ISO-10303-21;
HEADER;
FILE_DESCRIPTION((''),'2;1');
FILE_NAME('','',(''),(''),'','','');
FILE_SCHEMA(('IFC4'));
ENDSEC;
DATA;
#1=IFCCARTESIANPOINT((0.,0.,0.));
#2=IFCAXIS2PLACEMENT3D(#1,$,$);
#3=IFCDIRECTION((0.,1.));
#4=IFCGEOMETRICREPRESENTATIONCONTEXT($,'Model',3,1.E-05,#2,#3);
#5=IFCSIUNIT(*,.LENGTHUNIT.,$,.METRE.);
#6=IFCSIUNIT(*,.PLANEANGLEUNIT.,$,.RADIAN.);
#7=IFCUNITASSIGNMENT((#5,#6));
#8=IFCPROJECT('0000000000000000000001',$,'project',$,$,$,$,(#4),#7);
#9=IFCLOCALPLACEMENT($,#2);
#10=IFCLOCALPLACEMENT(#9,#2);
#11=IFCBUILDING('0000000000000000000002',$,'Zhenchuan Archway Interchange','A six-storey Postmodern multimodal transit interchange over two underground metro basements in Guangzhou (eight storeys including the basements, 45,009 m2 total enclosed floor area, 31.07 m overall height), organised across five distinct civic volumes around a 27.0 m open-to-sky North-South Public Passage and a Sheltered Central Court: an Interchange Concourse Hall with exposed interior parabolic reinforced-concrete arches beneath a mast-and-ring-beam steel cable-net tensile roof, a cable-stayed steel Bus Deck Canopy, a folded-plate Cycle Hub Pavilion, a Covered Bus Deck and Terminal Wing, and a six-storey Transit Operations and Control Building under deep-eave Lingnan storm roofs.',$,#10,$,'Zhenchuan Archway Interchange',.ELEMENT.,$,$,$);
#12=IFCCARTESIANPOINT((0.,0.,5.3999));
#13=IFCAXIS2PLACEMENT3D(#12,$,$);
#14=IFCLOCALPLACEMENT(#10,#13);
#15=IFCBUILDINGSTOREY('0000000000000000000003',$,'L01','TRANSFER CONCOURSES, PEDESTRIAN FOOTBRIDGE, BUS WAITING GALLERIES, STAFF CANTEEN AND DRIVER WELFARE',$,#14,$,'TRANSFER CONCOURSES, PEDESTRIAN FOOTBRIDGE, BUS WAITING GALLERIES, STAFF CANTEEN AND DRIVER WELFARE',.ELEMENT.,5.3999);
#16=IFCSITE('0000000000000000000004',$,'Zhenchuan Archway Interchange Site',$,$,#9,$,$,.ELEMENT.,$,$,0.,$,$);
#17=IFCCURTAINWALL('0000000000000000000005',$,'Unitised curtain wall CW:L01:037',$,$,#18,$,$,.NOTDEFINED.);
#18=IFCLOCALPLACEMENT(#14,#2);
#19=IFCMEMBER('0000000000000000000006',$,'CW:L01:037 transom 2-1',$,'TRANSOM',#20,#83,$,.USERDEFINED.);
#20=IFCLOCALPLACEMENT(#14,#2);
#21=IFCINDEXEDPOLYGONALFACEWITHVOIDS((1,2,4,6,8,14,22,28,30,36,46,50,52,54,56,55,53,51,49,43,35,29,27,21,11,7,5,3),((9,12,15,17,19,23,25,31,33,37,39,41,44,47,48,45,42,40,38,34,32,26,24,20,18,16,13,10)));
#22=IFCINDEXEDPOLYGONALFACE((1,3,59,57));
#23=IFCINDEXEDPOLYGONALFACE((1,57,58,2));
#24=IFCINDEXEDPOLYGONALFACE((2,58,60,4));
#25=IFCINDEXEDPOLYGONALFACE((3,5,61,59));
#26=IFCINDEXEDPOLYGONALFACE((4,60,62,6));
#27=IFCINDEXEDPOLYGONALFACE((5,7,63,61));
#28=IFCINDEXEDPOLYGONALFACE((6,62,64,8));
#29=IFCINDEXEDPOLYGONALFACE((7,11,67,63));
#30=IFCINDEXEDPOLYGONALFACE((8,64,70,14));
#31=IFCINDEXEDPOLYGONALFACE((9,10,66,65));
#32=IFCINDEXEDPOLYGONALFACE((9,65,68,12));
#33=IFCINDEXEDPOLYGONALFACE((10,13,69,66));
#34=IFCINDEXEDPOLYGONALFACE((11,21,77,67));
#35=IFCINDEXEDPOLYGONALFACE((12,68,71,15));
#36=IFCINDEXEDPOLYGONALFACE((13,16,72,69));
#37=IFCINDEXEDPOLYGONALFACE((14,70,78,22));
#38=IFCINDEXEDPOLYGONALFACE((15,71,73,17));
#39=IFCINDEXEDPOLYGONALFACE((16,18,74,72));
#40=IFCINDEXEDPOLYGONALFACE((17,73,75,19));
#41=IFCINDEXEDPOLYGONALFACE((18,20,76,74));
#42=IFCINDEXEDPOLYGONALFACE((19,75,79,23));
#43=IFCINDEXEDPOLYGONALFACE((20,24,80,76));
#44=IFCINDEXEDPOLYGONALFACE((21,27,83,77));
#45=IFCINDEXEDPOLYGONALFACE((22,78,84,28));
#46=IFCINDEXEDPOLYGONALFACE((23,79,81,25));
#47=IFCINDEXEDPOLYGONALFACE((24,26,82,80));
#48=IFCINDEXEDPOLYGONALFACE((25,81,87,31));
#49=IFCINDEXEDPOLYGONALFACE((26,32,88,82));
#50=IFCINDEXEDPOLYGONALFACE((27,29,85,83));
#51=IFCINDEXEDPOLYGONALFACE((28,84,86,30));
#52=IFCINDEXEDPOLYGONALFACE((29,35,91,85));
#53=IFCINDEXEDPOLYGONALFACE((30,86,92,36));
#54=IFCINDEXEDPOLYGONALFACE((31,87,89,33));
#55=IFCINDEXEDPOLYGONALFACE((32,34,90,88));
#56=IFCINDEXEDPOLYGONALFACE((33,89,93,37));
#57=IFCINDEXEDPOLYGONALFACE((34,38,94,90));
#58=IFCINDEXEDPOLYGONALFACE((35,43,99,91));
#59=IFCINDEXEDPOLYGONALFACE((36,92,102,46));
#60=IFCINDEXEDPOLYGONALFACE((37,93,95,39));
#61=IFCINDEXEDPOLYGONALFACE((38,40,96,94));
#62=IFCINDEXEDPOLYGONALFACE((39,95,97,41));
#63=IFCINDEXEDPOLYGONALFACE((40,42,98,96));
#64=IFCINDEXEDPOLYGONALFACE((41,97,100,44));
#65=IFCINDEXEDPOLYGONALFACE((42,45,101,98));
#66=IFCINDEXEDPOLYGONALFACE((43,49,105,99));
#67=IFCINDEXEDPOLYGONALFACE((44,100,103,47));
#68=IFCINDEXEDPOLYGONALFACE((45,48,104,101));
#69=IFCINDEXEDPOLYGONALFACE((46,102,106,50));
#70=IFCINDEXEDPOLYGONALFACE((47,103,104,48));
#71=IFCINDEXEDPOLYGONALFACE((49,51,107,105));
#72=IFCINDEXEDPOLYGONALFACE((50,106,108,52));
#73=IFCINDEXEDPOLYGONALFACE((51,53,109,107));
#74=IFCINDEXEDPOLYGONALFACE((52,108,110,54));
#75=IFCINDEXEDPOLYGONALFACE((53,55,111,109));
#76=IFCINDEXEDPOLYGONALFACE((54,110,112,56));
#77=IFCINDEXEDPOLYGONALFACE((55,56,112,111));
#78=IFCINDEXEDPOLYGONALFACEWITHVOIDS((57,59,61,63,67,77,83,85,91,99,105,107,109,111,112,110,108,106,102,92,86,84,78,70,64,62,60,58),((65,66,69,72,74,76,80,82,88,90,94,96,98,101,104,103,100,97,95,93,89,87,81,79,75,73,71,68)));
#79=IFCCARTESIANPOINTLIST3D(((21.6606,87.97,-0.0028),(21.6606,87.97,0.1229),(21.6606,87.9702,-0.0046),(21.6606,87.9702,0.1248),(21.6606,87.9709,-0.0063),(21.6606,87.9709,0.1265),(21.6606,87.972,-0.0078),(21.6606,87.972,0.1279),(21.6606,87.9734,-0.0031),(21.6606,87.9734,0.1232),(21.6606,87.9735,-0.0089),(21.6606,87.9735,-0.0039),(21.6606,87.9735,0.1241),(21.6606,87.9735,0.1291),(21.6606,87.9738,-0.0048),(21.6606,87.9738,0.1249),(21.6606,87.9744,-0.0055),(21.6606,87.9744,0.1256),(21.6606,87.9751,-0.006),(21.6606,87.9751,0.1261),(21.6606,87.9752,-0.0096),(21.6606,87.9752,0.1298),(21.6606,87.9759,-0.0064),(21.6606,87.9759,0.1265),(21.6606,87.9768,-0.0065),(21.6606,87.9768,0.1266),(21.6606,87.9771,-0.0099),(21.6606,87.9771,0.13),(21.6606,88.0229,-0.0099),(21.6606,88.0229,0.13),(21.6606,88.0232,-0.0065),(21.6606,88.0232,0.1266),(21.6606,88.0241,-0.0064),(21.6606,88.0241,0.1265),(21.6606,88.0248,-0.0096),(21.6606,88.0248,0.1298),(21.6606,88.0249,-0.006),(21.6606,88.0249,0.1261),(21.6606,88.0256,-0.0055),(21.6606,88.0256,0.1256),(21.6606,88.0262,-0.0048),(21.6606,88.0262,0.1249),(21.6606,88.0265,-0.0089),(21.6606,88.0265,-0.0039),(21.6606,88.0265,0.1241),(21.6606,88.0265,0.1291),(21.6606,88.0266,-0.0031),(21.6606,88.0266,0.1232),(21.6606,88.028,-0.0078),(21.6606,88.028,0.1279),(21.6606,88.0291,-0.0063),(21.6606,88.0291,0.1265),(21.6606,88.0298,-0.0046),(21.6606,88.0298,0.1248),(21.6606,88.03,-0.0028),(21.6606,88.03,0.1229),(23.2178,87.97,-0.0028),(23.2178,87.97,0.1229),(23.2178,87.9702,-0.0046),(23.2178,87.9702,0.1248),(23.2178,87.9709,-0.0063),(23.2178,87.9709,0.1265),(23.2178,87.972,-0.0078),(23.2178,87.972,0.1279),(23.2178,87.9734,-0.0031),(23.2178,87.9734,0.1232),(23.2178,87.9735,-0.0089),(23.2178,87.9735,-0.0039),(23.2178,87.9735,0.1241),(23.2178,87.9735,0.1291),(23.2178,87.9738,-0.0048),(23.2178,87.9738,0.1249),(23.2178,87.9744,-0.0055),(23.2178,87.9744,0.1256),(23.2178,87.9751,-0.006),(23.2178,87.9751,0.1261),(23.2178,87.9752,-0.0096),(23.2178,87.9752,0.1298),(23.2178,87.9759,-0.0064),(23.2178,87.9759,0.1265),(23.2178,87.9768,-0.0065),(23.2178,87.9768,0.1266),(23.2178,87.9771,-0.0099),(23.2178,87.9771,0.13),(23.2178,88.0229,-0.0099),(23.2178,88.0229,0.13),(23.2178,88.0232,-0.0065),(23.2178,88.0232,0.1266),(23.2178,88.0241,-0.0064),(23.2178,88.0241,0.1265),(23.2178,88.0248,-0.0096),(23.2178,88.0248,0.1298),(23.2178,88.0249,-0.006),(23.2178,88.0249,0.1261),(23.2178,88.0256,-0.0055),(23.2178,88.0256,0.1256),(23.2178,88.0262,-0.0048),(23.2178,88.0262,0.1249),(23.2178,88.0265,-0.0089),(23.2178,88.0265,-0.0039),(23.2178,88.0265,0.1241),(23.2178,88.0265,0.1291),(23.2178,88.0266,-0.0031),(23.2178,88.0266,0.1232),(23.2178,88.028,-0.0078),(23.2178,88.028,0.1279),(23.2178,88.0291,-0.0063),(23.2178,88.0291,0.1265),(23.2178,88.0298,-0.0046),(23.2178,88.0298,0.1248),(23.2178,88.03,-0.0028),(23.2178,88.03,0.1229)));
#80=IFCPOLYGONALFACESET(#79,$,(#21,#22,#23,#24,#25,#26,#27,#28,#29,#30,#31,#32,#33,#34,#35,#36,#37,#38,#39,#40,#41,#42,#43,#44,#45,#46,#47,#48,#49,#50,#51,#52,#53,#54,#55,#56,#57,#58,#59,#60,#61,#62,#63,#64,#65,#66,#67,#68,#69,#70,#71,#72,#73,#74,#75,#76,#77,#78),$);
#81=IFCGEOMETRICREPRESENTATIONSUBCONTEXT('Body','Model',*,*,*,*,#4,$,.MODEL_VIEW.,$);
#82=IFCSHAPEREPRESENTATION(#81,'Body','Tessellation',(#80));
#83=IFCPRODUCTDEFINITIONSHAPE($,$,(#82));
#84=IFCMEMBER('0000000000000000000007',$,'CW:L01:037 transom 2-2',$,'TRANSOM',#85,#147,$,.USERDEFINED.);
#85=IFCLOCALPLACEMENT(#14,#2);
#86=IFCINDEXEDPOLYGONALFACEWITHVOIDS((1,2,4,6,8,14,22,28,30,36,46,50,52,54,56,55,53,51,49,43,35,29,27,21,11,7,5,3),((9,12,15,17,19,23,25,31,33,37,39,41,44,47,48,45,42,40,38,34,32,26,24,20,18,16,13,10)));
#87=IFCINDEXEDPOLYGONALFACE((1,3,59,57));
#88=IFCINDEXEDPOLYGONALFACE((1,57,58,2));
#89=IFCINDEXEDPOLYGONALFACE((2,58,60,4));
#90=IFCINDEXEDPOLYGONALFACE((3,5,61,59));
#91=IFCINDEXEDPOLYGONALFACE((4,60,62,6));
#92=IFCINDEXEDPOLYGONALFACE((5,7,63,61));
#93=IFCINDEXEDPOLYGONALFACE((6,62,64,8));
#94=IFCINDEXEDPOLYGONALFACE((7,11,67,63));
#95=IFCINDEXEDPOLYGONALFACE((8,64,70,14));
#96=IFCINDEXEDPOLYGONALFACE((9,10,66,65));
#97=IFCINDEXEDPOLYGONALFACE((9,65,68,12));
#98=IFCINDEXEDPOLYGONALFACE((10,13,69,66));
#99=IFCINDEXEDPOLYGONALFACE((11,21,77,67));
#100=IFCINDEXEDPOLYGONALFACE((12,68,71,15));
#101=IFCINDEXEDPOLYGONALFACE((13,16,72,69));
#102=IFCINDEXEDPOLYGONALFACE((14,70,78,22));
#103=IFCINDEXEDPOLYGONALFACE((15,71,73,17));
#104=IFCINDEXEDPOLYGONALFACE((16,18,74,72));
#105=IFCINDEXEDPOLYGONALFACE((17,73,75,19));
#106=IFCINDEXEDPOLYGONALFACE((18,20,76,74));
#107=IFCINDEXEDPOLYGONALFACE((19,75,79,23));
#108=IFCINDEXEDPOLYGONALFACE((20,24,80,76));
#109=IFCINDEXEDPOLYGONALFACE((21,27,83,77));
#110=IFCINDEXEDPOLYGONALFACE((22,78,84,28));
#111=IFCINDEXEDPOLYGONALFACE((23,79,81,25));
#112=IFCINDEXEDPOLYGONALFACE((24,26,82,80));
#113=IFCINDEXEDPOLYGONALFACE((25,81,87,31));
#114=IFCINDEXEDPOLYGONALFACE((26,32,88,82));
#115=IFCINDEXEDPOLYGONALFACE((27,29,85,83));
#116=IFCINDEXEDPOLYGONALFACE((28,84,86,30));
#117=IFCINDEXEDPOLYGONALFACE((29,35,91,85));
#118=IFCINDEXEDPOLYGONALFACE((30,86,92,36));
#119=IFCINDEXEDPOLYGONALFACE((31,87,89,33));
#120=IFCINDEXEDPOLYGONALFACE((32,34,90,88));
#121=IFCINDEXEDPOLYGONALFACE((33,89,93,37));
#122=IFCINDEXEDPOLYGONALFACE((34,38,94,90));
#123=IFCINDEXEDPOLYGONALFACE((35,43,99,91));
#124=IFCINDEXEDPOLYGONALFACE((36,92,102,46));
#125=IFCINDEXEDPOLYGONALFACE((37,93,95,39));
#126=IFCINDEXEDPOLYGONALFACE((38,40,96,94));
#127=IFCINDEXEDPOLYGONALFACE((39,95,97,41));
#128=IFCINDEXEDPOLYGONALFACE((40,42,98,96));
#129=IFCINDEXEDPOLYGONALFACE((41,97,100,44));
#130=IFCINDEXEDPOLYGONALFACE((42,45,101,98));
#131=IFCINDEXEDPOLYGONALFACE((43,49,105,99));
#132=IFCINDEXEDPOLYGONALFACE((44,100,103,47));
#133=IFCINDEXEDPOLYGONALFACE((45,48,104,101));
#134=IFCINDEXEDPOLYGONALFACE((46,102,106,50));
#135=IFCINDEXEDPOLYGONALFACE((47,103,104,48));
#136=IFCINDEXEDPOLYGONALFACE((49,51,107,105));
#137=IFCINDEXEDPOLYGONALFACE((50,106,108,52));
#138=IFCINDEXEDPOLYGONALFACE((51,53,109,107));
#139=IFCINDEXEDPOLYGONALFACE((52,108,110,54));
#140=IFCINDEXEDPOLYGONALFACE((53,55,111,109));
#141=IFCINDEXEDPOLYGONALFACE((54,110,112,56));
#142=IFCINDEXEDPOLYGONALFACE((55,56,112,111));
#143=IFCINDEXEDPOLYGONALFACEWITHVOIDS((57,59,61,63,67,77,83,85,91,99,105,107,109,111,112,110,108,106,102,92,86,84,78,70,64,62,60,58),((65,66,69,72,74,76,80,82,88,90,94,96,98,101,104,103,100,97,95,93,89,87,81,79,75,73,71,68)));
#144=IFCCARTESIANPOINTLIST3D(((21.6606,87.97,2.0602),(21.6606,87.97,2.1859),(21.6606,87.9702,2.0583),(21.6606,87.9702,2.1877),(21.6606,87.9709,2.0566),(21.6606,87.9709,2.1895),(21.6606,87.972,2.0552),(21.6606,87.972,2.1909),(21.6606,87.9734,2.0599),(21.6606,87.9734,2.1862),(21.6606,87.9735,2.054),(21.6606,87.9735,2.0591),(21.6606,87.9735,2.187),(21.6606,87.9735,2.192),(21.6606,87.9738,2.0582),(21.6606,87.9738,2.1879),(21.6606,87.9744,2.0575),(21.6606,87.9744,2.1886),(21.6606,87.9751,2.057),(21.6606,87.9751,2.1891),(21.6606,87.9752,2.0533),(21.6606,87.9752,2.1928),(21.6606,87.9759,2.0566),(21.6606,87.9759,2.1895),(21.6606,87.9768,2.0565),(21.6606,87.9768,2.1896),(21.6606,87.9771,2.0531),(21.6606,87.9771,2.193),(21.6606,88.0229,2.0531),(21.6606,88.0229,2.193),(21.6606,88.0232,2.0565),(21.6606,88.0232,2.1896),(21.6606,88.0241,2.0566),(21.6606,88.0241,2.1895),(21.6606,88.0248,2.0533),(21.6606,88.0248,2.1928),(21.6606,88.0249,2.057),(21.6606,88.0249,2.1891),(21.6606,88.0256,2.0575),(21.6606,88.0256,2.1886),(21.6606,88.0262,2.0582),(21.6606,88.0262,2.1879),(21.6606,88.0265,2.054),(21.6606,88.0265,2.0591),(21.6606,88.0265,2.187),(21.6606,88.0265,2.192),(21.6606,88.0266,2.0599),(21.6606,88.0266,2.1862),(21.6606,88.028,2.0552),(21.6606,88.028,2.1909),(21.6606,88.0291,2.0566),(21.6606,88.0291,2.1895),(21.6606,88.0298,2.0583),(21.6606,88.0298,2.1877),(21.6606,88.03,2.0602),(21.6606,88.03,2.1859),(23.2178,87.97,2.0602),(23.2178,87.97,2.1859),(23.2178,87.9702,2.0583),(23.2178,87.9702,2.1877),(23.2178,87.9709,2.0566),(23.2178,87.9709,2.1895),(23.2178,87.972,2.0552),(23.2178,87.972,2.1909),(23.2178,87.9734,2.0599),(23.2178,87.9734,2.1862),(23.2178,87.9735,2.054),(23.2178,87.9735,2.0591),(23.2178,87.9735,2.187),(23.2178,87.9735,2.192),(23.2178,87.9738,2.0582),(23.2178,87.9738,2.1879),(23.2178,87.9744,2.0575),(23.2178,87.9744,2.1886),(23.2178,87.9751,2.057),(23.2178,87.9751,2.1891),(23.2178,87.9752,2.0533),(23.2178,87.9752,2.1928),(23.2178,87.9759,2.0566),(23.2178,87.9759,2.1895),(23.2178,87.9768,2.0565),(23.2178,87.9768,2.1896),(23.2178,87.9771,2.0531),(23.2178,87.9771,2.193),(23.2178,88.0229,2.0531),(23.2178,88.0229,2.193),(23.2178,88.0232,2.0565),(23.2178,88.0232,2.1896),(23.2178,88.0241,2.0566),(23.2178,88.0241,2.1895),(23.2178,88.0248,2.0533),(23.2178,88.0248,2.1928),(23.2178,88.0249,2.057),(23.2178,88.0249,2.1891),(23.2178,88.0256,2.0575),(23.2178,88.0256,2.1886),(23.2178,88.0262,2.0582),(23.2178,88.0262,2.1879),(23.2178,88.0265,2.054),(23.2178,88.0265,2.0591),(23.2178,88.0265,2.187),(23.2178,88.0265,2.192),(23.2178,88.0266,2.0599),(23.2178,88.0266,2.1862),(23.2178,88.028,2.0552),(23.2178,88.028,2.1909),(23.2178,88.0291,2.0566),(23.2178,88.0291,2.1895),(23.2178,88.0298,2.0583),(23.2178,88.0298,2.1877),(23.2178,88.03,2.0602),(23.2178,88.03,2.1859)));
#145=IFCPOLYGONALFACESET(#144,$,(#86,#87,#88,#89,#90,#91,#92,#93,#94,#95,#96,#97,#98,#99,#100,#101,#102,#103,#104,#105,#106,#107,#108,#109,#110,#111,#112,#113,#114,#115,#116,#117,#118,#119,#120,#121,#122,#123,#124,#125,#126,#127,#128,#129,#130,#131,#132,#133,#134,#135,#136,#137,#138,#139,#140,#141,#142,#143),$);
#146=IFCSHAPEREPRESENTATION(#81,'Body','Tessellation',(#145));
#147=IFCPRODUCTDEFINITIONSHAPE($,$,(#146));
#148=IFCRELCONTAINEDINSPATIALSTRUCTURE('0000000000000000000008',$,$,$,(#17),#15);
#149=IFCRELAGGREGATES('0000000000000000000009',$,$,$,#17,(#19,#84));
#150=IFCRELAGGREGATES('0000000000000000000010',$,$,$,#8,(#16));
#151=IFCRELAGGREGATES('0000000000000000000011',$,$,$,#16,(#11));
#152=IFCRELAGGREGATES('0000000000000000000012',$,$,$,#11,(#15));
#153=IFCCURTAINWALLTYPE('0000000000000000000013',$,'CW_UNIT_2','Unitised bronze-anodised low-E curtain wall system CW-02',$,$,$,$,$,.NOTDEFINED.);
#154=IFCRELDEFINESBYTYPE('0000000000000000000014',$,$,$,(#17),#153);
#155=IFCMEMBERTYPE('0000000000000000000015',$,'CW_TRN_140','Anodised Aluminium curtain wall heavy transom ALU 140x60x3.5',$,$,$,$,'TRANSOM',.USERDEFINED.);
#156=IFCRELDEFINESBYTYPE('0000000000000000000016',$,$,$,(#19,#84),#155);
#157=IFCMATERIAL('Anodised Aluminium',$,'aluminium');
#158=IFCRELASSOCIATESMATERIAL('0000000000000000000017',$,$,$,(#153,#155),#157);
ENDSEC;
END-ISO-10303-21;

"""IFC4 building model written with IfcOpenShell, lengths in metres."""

from ifc_helpers import new_model, si_unit, direction, frame, origin, origin_2d, place, context, subcontext, project, spatial, hollow_rectangle, extrude, material, material_profile, profile_set, type_object, element, aggregate, save


model = new_model("IFC4")

# Units and contexts
model_context = context("Model", 3, precision=1e-05, world=origin(), true_north=direction((0.0, 1.0)))
body_context = subcontext(model_context, "Body", "Model", "MODEL_VIEW")
ifc_project = project(units=[si_unit("LENGTHUNIT", "METRE"), si_unit("PLANEANGLEUNIT", "RADIAN")], contexts=[model_context])

# Site, building, storey
site_placement = place(None, origin())
site = spatial("IfcSite", under=ifc_project, at=site_placement, Name="Zhenchuan Archway Interchange Site", CompositionType="ELEMENT", RefElevation=0.0)
building_placement = place(site_placement, origin())
building = spatial("IfcBuilding", under=site, at=building_placement, Name="Zhenchuan Archway Interchange", Description="A six-storey Postmodern multimodal transit interchange over two underground metro basements in Guangzhou (eight storeys including the basements, 45,009 m2 total enclosed floor area, 31.07 m overall height), organised across five distinct civic volumes around a 27.0 m open-to-sky North-South Public Passage and a Sheltered Central Court: an Interchange Concourse Hall with exposed interior parabolic reinforced-concrete arches beneath a mast-and-ring-beam steel cable-net tensile roof, a cable-stayed steel Bus Deck Canopy, a folded-plate Cycle Hub Pavilion, a Covered Bus Deck and Terminal Wing, and a six-storey Transit Operations and Control Building under deep-eave Lingnan storm roofs.", LongName="Zhenchuan Archway Interchange", CompositionType="ELEMENT")
storey_placement = place(building_placement, frame((0.0, 0.0, 5.3999)))
storey = spatial("IfcBuildingStorey", under=building, at=storey_placement, Name="L01", Description="TRANSFER CONCOURSES, PEDESTRIAN FOOTBRIDGE, BUS WAITING GALLERIES, STAFF CANTEEN AND DRIVER WELFARE", LongName="TRANSFER CONCOURSES, PEDESTRIAN FOOTBRIDGE, BUS WAITING GALLERIES, STAFF CANTEEN AND DRIVER WELFARE", CompositionType="ELEMENT", Elevation=5.3999)

# Shared definitions
ifc_material_1 = material(Name="Anodised Aluminium", Category="aluminium")

# Curtain wall
curtain_wall_type_1 = type_object("IfcCurtainWallType", Name="CW_UNIT_2", Description="Unitised bronze-anodised low-E curtain wall system CW-02", PredefinedType="NOTDEFINED", material=ifc_material_1)
curtain_wall_1_placement = place(storey_placement, origin())
curtain_wall_1 = element("IfcCurtainWall", 1, at=curtain_wall_1_placement, inside=storey, type_object=curtain_wall_type_1, Name="Unitised curtain wall CW:L01:037", PredefinedType="NOTDEFINED")

# Members
ifc_material_profile_1 = material_profile(ifc_material_1, hollow_rectangle(XDim=0.0601, YDim=0.1399, WallThickness=0.0034, InnerFilletRadius=0.0034, OuterFilletRadius=0.0071, at=origin_2d()), Name="ALU 140x60x3.5")
ifc_profile_set_1 = profile_set([ifc_material_profile_1], Name="Anodised Aluminium")
member_type_1 = type_object("IfcMemberType", Name="CW_TRN_140", Description="Anodised Aluminium curtain wall heavy transom ALU 140x60x3.5", ElementType="TRANSOM", PredefinedType="USERDEFINED", material=ifc_profile_set_1)
member_1_placement = place(storey_placement, frame((21.6606, 88.0, 0.0601), z_axis=(1.0, 0.0, 0.0), x_axis=(0.0, 1.0, 0.0)))
member_1 = element("IfcMember", 2, at=member_1_placement, type_object=member_type_1, Name="CW:L01:037 transom 2-1", ObjectType="TRANSOM", PredefinedType="USERDEFINED", context=body_context, shape_type="SweptSolid", body=[
    extrude(hollow_rectangle(XDim=0.0601, YDim=0.1399, WallThickness=0.0034, InnerFilletRadius=0.0034, OuterFilletRadius=0.0071, at=origin_2d()), origin(), (0.0, 0.0, 1.0), 1.5571),
])
member_2_placement = place(storey_placement, frame((21.6606, 88.0, 2.123), z_axis=(1.0, 0.0, 0.0), x_axis=(0.0, 1.0, 0.0)))
member_2 = element("IfcMember", 3, at=member_2_placement, type_object=member_type_1, Name="CW:L01:037 transom 2-2", ObjectType="TRANSOM", PredefinedType="USERDEFINED", context=body_context, shape_type="SweptSolid", body=[
    extrude(hollow_rectangle(XDim=0.0601, YDim=0.1399, WallThickness=0.0034, InnerFilletRadius=0.0034, OuterFilletRadius=0.0071, at=origin_2d()), origin(), (0.0, 0.0, 1.0), 1.5571),
])

aggregate(curtain_wall_1, [member_1, member_2])

save(model, "model.ifc")
